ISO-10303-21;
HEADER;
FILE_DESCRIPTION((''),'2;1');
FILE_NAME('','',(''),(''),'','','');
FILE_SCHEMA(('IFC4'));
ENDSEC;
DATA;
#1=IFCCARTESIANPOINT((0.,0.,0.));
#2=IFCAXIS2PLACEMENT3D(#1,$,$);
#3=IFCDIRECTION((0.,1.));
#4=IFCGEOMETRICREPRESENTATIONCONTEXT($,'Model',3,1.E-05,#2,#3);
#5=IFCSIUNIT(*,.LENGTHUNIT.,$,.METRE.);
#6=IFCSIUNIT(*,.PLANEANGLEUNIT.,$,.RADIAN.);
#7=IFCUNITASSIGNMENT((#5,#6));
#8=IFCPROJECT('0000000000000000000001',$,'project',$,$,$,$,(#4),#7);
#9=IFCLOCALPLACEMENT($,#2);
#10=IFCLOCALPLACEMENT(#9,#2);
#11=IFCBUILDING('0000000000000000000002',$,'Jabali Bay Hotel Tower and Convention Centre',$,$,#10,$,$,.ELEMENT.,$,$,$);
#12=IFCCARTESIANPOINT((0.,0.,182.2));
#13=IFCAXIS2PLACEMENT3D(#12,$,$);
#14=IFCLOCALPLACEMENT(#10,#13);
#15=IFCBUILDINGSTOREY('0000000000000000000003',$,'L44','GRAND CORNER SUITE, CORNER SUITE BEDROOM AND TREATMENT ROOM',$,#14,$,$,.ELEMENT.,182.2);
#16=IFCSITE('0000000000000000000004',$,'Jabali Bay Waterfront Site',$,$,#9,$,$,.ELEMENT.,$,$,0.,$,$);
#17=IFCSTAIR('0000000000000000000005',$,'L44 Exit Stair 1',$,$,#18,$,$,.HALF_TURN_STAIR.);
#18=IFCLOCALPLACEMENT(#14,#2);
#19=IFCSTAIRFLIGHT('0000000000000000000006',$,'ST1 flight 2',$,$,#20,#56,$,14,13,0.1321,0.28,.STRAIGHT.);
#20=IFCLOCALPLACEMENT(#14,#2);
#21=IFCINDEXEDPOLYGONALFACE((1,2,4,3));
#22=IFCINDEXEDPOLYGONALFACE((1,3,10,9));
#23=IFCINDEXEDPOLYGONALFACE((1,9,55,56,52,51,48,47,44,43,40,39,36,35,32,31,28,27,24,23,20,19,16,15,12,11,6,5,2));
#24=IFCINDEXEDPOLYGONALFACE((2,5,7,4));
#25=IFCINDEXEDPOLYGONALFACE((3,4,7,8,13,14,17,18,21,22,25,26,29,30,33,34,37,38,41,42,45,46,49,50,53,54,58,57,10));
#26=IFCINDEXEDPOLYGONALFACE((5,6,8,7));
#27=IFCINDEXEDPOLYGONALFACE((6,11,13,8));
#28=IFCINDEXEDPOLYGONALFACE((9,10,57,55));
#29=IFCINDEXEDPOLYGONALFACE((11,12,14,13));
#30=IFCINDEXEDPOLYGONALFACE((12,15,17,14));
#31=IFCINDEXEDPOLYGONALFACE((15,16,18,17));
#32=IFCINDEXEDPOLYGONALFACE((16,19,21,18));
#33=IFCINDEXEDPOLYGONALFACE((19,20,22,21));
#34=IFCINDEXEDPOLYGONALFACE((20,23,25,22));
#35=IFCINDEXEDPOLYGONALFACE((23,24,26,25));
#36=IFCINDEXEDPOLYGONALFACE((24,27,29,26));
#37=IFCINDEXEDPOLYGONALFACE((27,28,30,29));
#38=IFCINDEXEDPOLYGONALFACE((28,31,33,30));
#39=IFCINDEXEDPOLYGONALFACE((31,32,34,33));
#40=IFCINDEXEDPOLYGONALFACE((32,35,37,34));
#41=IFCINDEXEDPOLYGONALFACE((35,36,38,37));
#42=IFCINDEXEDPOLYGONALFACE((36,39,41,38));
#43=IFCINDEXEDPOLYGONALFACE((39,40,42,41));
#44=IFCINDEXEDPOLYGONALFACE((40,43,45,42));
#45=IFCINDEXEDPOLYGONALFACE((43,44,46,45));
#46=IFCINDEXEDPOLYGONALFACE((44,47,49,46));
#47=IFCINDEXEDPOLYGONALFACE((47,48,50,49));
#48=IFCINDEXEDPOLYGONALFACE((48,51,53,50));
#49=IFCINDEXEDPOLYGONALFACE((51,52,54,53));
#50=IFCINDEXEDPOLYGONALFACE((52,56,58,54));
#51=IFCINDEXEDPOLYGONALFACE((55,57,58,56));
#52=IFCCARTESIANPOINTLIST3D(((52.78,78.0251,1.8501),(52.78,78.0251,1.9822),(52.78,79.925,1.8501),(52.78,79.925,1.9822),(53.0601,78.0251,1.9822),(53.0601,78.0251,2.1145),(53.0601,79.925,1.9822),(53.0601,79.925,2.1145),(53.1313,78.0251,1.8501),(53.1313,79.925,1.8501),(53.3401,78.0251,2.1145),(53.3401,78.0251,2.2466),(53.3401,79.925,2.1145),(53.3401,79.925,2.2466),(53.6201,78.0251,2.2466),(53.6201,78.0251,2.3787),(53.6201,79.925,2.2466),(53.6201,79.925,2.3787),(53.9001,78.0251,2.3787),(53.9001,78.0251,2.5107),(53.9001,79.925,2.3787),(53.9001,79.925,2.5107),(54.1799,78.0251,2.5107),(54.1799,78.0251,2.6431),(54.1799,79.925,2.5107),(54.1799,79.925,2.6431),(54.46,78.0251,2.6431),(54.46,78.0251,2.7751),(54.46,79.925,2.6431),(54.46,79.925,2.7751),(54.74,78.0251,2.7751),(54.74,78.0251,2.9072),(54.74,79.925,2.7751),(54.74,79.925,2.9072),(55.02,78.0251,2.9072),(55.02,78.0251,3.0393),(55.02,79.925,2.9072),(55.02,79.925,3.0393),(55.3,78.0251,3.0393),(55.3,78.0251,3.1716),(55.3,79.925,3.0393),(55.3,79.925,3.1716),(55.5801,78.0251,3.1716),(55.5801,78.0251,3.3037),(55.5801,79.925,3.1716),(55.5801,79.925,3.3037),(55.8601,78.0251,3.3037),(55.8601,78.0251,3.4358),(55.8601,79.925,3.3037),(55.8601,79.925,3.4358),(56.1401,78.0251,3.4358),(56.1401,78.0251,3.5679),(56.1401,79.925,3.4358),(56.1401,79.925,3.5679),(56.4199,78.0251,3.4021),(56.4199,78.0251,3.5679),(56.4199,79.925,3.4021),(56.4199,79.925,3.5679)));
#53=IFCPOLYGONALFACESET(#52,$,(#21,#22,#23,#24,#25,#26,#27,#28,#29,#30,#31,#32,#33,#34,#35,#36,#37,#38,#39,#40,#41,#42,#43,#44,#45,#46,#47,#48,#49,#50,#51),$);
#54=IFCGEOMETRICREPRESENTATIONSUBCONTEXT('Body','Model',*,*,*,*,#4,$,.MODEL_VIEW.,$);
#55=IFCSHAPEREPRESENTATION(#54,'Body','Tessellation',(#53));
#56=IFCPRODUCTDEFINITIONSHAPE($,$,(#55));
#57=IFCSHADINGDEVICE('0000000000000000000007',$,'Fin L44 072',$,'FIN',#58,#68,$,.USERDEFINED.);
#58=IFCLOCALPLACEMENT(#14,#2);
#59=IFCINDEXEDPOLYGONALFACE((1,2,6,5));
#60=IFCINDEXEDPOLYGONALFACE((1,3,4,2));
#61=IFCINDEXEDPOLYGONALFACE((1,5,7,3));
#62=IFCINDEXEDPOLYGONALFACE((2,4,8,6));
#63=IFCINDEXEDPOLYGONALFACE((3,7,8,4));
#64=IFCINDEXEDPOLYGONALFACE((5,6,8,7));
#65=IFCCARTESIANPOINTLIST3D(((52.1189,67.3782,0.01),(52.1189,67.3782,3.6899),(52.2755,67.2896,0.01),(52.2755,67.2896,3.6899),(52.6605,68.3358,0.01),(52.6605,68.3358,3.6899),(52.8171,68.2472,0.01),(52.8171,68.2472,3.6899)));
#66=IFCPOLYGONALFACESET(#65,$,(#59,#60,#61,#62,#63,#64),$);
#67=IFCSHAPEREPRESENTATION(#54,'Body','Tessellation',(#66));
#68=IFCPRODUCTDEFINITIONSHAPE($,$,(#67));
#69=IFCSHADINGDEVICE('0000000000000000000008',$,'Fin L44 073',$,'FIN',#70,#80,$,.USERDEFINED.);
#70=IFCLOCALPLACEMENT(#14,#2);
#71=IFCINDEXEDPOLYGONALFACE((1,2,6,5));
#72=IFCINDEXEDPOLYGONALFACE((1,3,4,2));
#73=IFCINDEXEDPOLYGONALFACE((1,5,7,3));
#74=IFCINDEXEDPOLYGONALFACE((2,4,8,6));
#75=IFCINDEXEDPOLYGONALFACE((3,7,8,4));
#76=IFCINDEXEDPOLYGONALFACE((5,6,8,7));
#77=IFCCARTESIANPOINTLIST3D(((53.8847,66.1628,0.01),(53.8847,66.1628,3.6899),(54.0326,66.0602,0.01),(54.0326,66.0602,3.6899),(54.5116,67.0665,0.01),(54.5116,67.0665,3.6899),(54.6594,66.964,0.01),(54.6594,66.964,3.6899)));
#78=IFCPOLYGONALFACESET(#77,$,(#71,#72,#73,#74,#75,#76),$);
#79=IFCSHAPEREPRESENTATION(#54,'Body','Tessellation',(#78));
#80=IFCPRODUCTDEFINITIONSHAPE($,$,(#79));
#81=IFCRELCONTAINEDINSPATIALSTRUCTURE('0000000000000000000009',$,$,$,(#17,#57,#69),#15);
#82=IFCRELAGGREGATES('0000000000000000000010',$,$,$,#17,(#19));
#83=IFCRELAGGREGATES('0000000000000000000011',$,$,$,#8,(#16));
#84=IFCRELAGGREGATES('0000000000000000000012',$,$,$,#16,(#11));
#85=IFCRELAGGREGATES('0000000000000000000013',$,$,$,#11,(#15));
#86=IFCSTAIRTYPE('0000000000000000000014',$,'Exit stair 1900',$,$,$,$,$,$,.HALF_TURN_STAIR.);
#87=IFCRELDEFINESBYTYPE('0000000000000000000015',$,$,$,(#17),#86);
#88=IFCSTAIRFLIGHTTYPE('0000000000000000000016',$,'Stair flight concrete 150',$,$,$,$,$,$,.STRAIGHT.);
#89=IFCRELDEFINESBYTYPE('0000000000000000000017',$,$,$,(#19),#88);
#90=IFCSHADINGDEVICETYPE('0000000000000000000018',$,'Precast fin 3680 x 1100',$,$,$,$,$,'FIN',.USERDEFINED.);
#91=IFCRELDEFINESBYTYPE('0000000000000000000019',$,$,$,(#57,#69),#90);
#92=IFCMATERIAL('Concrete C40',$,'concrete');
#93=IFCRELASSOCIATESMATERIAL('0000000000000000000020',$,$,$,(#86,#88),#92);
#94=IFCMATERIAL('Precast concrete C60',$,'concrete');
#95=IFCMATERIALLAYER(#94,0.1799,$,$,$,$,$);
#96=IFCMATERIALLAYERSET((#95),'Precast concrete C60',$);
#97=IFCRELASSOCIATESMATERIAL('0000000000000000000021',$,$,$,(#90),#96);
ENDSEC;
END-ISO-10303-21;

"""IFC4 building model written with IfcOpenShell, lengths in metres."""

from ifc_helpers import new_model, si_unit, direction, frame, frame_2d, origin, place, context, subcontext, project, spatial, polyline, rectangle, outline, extrude, material, layer, layer_set, type_object, element, aggregate, save


model = new_model("IFC4")

# Units and contexts
model_context = context("Model", 3, precision=1e-05, world=origin(), true_north=direction((0.0, 1.0)))
body_context = subcontext(model_context, "Body", "Model", "MODEL_VIEW")
ifc_project = project(units=[si_unit("LENGTHUNIT", "METRE"), si_unit("PLANEANGLEUNIT", "RADIAN")], contexts=[model_context])

# Site, building, storey
site_placement = place(None, origin())
site = spatial("IfcSite", under=ifc_project, at=site_placement, Name="Jabali Bay Waterfront Site", CompositionType="ELEMENT", RefElevation=0.0)
building_placement = place(site_placement, origin())
building = spatial("IfcBuilding", under=site, at=building_placement, Name="Jabali Bay Hotel Tower and Convention Centre", CompositionType="ELEMENT")
storey_placement = place(building_placement, frame((0.0, 0.0, 182.2)))
storey = spatial("IfcBuildingStorey", under=building, at=storey_placement, Name="L44", Description="GRAND CORNER SUITE, CORNER SUITE BEDROOM AND TREATMENT ROOM", CompositionType="ELEMENT", Elevation=182.2)

# Shared definitions
ifc_material_1 = material(Name="Concrete C40", Category="concrete")

# Stair, stair flight
stair_type = type_object("IfcStairType", Name="Exit stair 1900", PredefinedType="HALF_TURN_STAIR", material=ifc_material_1)
stair_placement = place(storey_placement, origin())
stair = element("IfcStair", 1, at=stair_placement, inside=storey, type_object=stair_type, Name="L44 Exit Stair 1", PredefinedType="HALF_TURN_STAIR")
stair_flight_type = type_object("IfcStairFlightType", Name="Stair flight concrete 150", PredefinedType="STRAIGHT", material=ifc_material_1)
stair_flight_placement = place(storey_placement, frame((52.78, 78.9751, 1.8501), z_axis=(0.0, 0.0, 1.0), x_axis=(1.0, 0.0, 0.0)))
stair_flight = element("IfcStairFlight", 2, at=stair_flight_placement, type_object=stair_flight_type, Name="ST1 flight 2", NumberOfRisers=14, NumberOfTreads=13, PredefinedType="STRAIGHT", RiserHeight=0.1321, TreadLength=0.28, context=body_context, shape_type="SweptSolid", body=[
    extrude(outline(polyline([(0.0, 0.0), (0.0, 0.1321), (0.28, 0.1321), (0.28, 0.2644), (0.5601, 0.2644), (0.5601, 0.3965), (0.8401, 0.3965), (0.8401, 0.5286), (1.1201, 0.5286), (1.1201, 0.6606), (1.3999, 0.6606), (1.3999, 0.793), (1.6799, 0.793), (1.6799, 0.925), (1.96, 0.925), (1.96, 1.0571), (2.24, 1.0571), (2.24, 1.1892), (2.52, 1.1892), (2.52, 1.3215), (2.8, 1.3215), (2.8, 1.4536), (3.0801, 1.4536), (3.0801, 1.5857), (3.3601, 1.5857), (3.3601, 1.7178), (3.6399, 1.7178), (3.6399, 1.8501), (3.6399, 1.552), (0.3513, 0.0), (0.0, 0.0)])), frame((0.0, 0.95, 0.0), z_axis=(0.0, -1.0, 0.0), x_axis=(1.0, 0.0, 0.0)), (0.0, 0.0, 1.0), 1.8999),
])
aggregate(stair, [stair_flight])

# Shading devices
ifc_material_2 = material(Name="Precast concrete C60", Category="concrete")
ifc_layer_1 = layer(ifc_material_2, 0.1799)
ifc_layer_set_1 = layer_set([ifc_layer_1], Name="Precast concrete C60")
shading_device_type = type_object("IfcShadingDeviceType", Name="Precast fin 3680 x 1100", ElementType="FIN", PredefinedType="USERDEFINED", material=ifc_layer_set_1)
shading_device_1_placement = place(storey_placement, frame((52.7388, 68.2915, 0.01), z_axis=(0.0, 0.0, 1.0), x_axis=(-0.492262, -0.870447, 0.0)))
element("IfcShadingDevice", 3, at=shading_device_1_placement, inside=storey, type_object=shading_device_type, Name="Fin L44 072", ObjectType="FIN", PredefinedType="USERDEFINED", context=body_context, shape_type="SweptSolid", body=[
    extrude(rectangle(XDim=1.1001, YDim=0.1799, at=frame_2d((0.55, 0.0))), origin(), (0.0, 0.0, 1.0), 3.6799),
])
shading_device_2_placement = place(storey_placement, frame((54.5854, 67.0151, 0.01), z_axis=(0.0, 0.0, 1.0), x_axis=(-0.569971, -0.821664, 0.0)))
element("IfcShadingDevice", 4, at=shading_device_2_placement, inside=storey, type_object=shading_device_type, Name="Fin L44 073", ObjectType="FIN", PredefinedType="USERDEFINED", context=body_context, shape_type="SweptSolid", body=[
    extrude(rectangle(XDim=1.0999, YDim=0.1799, at=frame_2d((0.5498, 0.0))), origin(), (0.0, 0.0, 1.0), 3.6799),
])

save(model, "model.ifc")
